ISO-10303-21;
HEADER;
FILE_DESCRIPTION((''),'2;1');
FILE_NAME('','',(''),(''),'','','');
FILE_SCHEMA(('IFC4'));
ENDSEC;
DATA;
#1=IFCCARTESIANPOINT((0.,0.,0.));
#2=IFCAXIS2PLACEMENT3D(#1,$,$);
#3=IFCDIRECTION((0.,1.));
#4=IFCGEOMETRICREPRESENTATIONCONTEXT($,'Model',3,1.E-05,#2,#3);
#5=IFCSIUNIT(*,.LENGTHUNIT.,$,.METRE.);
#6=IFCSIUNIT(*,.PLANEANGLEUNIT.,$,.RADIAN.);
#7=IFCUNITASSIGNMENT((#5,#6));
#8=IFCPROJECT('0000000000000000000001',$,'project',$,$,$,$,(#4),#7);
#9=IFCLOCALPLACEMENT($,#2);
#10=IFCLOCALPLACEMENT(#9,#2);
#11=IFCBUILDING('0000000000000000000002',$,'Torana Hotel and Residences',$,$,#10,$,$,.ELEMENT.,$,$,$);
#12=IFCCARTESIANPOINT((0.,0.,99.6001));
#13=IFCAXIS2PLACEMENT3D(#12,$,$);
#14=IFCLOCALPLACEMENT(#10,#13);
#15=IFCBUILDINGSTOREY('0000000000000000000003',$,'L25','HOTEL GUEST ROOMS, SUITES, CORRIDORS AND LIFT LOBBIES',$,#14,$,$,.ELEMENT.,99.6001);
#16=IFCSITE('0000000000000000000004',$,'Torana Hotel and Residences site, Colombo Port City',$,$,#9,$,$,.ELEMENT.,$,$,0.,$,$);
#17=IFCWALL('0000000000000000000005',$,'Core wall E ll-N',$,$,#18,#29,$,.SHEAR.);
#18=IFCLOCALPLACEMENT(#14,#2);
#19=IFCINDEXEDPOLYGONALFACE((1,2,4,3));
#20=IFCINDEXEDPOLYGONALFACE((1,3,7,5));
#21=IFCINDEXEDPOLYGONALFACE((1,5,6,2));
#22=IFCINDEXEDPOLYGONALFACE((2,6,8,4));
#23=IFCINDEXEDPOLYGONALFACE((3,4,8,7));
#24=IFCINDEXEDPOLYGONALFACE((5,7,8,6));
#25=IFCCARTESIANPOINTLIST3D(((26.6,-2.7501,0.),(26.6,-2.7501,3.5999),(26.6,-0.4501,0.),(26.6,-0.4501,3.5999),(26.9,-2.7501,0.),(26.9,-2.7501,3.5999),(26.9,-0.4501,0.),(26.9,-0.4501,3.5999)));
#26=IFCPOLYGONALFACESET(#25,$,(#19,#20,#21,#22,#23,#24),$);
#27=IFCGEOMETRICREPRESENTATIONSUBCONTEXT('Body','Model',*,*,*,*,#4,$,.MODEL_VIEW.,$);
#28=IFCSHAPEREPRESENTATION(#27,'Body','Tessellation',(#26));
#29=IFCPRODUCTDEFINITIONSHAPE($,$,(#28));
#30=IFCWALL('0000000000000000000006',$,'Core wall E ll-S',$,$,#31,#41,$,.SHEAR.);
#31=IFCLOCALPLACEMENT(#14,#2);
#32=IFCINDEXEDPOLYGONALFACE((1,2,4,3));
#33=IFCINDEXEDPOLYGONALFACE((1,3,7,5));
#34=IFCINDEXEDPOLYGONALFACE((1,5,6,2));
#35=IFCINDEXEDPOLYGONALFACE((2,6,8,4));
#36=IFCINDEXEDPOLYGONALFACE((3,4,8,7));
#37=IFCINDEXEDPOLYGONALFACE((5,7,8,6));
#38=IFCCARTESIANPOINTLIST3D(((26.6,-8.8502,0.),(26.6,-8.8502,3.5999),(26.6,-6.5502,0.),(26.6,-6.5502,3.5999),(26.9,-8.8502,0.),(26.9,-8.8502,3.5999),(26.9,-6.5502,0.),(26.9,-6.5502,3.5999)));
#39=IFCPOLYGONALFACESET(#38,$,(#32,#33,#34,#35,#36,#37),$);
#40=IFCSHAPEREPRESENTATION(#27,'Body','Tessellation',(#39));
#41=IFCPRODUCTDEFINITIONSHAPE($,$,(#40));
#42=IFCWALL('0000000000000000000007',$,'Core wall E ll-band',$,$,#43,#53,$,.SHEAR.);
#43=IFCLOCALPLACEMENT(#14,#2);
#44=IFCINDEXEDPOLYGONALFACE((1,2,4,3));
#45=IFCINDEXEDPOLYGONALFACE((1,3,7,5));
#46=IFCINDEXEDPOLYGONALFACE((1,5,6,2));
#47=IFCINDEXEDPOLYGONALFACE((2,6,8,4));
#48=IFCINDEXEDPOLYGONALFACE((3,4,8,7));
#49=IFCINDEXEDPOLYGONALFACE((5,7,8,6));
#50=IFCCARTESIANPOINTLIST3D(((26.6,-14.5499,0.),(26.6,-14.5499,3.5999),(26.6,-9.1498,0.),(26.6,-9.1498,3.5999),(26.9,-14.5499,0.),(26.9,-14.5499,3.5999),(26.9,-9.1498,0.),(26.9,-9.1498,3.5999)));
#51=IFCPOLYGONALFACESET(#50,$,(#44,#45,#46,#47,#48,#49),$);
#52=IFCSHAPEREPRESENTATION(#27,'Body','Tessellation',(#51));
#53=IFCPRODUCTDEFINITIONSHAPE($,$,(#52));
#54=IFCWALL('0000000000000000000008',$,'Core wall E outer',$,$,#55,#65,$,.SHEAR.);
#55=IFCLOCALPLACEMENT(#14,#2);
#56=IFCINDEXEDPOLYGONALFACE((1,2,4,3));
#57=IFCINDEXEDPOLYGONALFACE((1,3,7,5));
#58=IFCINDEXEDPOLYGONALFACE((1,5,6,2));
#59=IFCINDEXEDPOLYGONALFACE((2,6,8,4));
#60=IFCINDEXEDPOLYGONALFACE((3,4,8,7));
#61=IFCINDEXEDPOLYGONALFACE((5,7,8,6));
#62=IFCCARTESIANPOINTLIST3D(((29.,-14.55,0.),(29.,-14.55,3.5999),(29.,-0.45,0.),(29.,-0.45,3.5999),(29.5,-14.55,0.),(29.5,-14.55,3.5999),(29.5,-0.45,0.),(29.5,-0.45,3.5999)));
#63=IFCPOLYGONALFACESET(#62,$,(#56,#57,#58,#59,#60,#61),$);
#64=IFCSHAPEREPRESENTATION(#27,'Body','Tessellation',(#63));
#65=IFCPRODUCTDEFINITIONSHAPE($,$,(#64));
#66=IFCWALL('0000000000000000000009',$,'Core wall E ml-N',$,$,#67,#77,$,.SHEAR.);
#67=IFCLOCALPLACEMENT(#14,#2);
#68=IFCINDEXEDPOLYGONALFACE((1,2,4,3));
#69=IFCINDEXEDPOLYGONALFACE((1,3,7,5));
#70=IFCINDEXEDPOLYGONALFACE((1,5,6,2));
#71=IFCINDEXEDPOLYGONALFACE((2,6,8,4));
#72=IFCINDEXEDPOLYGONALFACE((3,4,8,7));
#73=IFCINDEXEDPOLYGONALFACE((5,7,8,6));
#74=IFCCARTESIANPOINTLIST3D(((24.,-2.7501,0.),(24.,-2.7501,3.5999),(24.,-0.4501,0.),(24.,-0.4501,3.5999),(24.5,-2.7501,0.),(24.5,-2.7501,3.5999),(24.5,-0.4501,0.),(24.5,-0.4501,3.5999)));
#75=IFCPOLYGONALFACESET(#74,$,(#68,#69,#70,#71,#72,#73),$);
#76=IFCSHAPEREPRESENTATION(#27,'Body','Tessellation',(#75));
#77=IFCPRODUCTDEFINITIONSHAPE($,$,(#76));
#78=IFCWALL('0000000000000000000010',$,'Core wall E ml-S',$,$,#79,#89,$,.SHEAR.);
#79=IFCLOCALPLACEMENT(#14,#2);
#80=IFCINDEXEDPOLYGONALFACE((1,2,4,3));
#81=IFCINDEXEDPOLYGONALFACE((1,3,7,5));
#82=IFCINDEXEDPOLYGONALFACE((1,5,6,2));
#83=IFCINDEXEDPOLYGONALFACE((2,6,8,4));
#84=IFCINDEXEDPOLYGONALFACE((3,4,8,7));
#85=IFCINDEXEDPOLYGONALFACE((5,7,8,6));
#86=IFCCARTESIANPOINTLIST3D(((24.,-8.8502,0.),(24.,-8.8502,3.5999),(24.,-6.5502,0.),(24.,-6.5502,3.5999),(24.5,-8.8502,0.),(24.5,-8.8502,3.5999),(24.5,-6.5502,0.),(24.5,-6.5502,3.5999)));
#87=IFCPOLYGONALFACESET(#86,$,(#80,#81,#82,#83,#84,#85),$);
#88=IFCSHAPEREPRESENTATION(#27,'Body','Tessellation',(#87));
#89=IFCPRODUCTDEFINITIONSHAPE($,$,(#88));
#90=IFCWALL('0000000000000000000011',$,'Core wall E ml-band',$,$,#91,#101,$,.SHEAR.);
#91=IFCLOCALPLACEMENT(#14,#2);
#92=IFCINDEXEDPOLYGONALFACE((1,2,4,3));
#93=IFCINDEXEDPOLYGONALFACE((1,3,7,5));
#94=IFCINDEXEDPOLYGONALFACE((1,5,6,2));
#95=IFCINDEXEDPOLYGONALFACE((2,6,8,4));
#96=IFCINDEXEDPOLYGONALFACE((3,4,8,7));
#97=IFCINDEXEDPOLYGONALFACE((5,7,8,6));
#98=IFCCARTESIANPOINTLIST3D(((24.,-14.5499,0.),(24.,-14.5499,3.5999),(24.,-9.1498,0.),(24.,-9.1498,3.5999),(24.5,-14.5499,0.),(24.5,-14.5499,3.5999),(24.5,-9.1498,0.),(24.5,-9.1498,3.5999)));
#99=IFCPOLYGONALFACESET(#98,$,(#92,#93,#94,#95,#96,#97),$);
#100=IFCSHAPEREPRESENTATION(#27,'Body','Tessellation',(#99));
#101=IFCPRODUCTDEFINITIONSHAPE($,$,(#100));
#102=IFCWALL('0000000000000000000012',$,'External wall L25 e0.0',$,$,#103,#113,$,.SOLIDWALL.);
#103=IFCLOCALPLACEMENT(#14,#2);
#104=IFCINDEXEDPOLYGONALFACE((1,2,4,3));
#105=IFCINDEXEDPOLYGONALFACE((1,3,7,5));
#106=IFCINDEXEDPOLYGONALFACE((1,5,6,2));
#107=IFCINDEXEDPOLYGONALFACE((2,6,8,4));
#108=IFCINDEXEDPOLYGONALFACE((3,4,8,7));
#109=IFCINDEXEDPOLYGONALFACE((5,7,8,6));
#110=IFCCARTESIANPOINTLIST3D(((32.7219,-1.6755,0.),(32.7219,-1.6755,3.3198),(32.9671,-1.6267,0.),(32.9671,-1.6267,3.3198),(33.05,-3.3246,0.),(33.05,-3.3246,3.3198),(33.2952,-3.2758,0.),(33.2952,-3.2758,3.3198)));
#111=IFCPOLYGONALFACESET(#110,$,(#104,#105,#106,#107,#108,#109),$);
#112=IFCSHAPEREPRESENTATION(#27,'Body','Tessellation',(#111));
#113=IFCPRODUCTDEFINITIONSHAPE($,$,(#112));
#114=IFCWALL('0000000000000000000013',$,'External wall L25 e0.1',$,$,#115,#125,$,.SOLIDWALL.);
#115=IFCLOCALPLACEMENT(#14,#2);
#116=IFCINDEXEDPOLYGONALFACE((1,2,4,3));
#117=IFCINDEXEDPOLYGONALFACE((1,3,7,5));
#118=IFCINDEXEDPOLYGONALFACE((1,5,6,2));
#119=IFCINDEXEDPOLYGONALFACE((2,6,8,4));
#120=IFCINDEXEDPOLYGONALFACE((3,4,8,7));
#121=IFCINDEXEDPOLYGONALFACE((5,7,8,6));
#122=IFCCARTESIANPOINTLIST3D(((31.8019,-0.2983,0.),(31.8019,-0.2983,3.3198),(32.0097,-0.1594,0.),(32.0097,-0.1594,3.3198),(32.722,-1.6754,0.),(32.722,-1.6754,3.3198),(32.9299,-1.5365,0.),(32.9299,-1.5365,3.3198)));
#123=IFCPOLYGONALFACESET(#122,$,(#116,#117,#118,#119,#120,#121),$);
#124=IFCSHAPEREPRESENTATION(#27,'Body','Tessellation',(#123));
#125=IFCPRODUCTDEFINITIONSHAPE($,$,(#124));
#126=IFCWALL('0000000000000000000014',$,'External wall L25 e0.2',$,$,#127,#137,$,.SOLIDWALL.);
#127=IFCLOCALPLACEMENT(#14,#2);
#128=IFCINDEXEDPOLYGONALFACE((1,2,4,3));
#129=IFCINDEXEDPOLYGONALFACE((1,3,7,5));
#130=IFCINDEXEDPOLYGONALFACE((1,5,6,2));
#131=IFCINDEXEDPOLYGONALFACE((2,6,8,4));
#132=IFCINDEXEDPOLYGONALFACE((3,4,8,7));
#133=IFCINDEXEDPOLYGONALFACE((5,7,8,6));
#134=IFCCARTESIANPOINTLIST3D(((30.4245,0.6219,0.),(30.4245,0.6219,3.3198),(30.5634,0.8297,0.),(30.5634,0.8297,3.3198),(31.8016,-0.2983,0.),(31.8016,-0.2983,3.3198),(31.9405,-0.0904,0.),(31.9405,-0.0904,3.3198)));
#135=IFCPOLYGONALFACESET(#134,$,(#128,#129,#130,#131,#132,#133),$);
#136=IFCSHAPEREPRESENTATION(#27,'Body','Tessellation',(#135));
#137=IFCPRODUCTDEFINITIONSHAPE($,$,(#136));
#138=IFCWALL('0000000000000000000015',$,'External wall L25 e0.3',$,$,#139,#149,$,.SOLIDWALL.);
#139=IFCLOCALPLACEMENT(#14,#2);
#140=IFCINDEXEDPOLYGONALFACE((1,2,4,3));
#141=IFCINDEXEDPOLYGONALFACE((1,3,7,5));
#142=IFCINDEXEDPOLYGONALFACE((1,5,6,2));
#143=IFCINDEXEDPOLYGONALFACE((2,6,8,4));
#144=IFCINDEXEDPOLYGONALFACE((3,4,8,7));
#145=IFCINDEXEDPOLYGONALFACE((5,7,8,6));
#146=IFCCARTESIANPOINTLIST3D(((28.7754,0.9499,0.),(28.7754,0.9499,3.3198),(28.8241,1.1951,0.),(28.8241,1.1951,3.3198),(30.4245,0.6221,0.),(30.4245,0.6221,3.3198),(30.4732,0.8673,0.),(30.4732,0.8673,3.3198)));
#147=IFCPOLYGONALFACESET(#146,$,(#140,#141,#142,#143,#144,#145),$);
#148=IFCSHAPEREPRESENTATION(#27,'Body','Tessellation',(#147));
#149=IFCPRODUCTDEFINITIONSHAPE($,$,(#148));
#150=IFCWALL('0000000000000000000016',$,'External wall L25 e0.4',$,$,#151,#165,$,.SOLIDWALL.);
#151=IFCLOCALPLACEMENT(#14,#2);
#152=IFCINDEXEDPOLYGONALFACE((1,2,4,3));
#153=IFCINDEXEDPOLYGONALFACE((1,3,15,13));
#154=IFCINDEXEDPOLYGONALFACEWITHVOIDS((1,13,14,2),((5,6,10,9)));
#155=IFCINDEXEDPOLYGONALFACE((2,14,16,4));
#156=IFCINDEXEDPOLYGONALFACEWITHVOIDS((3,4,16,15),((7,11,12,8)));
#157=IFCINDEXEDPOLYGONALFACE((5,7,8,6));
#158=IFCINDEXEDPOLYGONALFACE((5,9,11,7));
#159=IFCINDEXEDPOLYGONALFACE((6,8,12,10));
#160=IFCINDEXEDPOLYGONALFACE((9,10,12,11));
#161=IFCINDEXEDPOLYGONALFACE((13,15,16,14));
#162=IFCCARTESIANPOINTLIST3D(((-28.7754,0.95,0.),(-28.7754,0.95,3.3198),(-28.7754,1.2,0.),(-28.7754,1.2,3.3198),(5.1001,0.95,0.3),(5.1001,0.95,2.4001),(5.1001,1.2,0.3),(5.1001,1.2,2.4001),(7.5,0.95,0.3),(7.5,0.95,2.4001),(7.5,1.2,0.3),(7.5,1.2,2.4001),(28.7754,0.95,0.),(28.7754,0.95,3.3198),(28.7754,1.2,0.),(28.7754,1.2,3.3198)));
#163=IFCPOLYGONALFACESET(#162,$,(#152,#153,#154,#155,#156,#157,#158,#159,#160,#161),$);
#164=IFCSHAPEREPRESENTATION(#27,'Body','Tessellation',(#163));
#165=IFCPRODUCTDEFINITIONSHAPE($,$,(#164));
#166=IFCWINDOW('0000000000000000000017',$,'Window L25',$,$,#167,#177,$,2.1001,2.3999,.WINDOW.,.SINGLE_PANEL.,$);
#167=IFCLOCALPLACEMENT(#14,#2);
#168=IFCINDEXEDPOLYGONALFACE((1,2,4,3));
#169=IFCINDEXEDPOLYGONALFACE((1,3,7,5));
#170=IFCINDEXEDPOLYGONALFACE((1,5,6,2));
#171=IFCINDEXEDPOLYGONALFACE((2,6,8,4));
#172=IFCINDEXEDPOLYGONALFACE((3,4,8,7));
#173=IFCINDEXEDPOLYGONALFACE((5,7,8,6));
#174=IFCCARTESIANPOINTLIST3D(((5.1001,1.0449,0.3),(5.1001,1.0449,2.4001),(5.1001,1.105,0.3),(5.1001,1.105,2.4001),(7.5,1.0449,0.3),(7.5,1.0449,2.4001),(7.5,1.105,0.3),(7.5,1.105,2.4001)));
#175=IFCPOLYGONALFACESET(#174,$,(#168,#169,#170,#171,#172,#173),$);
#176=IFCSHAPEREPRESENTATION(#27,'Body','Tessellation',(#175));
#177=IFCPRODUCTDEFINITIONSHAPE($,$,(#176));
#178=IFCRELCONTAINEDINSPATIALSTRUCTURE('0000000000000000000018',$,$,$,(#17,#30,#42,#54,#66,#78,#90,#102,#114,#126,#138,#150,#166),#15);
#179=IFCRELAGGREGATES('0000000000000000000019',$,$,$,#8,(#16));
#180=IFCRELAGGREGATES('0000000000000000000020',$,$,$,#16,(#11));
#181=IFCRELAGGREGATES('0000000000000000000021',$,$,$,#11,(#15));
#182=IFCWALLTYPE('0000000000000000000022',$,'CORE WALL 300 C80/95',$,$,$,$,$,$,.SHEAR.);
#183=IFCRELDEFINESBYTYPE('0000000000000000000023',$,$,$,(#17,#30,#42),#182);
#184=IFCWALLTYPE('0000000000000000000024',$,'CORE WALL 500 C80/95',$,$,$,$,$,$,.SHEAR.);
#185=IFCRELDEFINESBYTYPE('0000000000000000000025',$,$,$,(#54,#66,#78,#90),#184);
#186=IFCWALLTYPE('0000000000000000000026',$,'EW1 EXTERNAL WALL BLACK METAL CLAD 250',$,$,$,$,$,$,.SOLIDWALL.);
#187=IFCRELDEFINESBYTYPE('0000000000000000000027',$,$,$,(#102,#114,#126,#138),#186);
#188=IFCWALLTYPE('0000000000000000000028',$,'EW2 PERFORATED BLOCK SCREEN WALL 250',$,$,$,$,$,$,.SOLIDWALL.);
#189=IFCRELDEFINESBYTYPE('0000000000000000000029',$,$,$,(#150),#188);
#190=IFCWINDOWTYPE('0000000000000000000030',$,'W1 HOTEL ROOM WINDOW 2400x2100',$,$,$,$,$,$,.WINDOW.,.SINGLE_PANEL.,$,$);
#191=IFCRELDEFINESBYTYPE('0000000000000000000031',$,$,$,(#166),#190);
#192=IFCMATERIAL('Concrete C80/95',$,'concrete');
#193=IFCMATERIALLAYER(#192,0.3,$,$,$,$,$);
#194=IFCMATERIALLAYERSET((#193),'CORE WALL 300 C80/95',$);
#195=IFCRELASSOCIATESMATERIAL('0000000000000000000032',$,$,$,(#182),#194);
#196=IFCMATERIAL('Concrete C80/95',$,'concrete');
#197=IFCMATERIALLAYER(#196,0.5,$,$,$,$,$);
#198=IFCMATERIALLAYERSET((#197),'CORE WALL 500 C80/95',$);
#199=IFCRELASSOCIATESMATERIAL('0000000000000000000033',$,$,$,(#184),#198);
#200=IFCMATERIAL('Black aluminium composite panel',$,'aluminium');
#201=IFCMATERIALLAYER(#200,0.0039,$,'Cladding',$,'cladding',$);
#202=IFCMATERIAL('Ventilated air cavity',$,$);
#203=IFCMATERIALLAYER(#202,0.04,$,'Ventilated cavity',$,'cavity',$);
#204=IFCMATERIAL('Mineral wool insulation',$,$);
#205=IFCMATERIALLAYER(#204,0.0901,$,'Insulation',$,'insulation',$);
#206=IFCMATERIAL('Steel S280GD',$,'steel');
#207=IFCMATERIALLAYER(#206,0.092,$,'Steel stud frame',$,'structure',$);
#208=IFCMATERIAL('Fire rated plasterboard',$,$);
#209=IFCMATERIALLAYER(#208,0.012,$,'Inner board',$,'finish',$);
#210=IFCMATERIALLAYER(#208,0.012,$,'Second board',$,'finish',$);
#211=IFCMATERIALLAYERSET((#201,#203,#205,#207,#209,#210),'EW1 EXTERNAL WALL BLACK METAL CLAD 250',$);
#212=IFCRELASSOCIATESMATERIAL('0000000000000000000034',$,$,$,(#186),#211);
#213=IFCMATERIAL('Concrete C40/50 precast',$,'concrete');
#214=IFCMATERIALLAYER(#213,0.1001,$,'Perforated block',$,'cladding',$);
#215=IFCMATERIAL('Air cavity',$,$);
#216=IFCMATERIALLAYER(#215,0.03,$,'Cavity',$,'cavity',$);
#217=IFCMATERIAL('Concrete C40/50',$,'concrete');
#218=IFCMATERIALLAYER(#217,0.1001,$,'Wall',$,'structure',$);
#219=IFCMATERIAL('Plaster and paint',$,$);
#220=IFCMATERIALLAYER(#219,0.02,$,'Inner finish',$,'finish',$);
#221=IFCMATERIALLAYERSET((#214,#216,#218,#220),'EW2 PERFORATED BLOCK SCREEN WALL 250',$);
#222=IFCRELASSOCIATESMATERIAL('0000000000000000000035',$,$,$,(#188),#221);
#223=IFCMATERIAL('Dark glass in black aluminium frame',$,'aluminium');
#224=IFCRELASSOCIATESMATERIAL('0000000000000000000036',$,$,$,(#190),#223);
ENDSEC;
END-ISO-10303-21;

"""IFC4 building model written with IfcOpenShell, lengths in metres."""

from ifc_helpers import new_model, si_unit, direction, frame, frame_2d, origin, place, context, subcontext, project, spatial, rectangle, extrude, material, layer, layer_set, type_object, element, fill, save


model = new_model("IFC4")

# Units and contexts
model_context = context("Model", 3, precision=1e-05, world=origin(), true_north=direction((0.0, 1.0)))
body_context = subcontext(model_context, "Body", "Model", "MODEL_VIEW")
ifc_project = project(units=[si_unit("LENGTHUNIT", "METRE"), si_unit("PLANEANGLEUNIT", "RADIAN")], contexts=[model_context])

# Site, building, storey
site_placement = place(None, origin())
site = spatial("IfcSite", under=ifc_project, at=site_placement, Name="Torana Hotel and Residences site, Colombo Port City", CompositionType="ELEMENT", RefElevation=0.0)
building_placement = place(site_placement, origin())
building = spatial("IfcBuilding", under=site, at=building_placement, Name="Torana Hotel and Residences", CompositionType="ELEMENT")
storey_placement = place(building_placement, frame((0.0, 0.0, 99.6001)))
storey = spatial("IfcBuildingStorey", under=building, at=storey_placement, Name="L25", Description="HOTEL GUEST ROOMS, SUITES, CORRIDORS AND LIFT LOBBIES", CompositionType="ELEMENT", Elevation=99.6001)

# Walls
ifc_material_1 = material(Name="Concrete C80/95", Category="concrete")
ifc_layer_1 = layer(ifc_material_1, 0.3)
ifc_layer_set_1 = layer_set([ifc_layer_1], Name="CORE WALL 300 C80/95")
wall_type_1 = type_object("IfcWallType", Name="CORE WALL 300 C80/95", PredefinedType="SHEAR", material=ifc_layer_set_1)
for number, where, z_axis, x_axis, name in (
    (1, (26.75, -2.75, 0.0), (0.0, 0.0, 1.0), (0.0, 1.0, 0.0), "Core wall E ll-N"),
    (2, (26.75, -8.8501, 0.0), (0.0, 0.0, 1.0), (0.0, 1.0, 0.0), "Core wall E ll-S"),
):
    element("IfcWall", number, at=place(storey_placement, frame(where, z_axis=z_axis, x_axis=x_axis)), inside=storey, type_object=wall_type_1, Name=name, PredefinedType="SHEAR", context=body_context, shape_type="SweptSolid", body=[
        extrude(rectangle(XDim=2.3, YDim=0.3, at=frame_2d((1.1499, 0.0))), origin(), (0.0, 0.0, 1.0), 3.5999),
    ])
wall_1_placement = place(storey_placement, frame((26.75, -14.55, 0.0), z_axis=(0.0, 0.0, 1.0), x_axis=(0.0, 1.0, 0.0)))
element("IfcWall", 3, at=wall_1_placement, inside=storey, type_object=wall_type_1, Name="Core wall E ll-band", PredefinedType="SHEAR", context=body_context, shape_type="SweptSolid", body=[
    extrude(rectangle(XDim=5.4001, YDim=0.3, at=frame_2d((2.7002, 0.0))), origin(), (0.0, 0.0, 1.0), 3.5999),
])
ifc_material_2 = material(Name="Concrete C80/95", Category="concrete")
ifc_layer_2 = layer(ifc_material_2, 0.5)
ifc_layer_set_2 = layer_set([ifc_layer_2], Name="CORE WALL 500 C80/95")
wall_type_2 = type_object("IfcWallType", Name="CORE WALL 500 C80/95", PredefinedType="SHEAR", material=ifc_layer_set_2)
wall_2_placement = place(storey_placement, frame((29.25, -14.55, 0.0), z_axis=(0.0, 0.0, 1.0), x_axis=(0.0, 1.0, 0.0)))
element("IfcWall", 4, at=wall_2_placement, inside=storey, type_object=wall_type_2, Name="Core wall E outer", PredefinedType="SHEAR", context=body_context, shape_type="SweptSolid", body=[
    extrude(rectangle(XDim=14.1001, YDim=0.5, at=frame_2d((7.05, 0.0))), origin(), (0.0, 0.0, 1.0), 3.5999),
])
for number, where, z_axis, x_axis, name in (
    (5, (24.25, -2.75, 0.0), (0.0, 0.0, 1.0), (0.0, 1.0, 0.0), "Core wall E ml-N"),
    (6, (24.25, -8.8501, 0.0), (0.0, 0.0, 1.0), (0.0, 1.0, 0.0), "Core wall E ml-S"),
):
    element("IfcWall", number, at=place(storey_placement, frame(where, z_axis=z_axis, x_axis=x_axis)), inside=storey, type_object=wall_type_2, Name=name, PredefinedType="SHEAR", context=body_context, shape_type="SweptSolid", body=[
        extrude(rectangle(XDim=2.3, YDim=0.5, at=frame_2d((1.1499, 0.0))), origin(), (0.0, 0.0, 1.0), 3.5999),
    ])
wall_3_placement = place(storey_placement, frame((24.25, -14.55, 0.0), z_axis=(0.0, 0.0, 1.0), x_axis=(0.0, 1.0, 0.0)))
element("IfcWall", 7, at=wall_3_placement, inside=storey, type_object=wall_type_2, Name="Core wall E ml-band", PredefinedType="SHEAR", context=body_context, shape_type="SweptSolid", body=[
    extrude(rectangle(XDim=5.4001, YDim=0.5, at=frame_2d((2.7002, 0.0))), origin(), (0.0, 0.0, 1.0), 3.5999),
])
ifc_material_3 = material(Name="Black aluminium composite panel", Category="aluminium")
ifc_layer_3 = layer(ifc_material_3, 0.0039, Name="Cladding", Category="cladding")
ifc_material_4 = material(Name="Ventilated air cavity")
ifc_layer_4 = layer(ifc_material_4, 0.04, Name="Ventilated cavity", Category="cavity")
ifc_material_5 = material(Name="Mineral wool insulation")
ifc_layer_5 = layer(ifc_material_5, 0.0901, Name="Insulation", Category="insulation")
ifc_material_6 = material(Name="Steel S280GD", Category="steel")
ifc_layer_6 = layer(ifc_material_6, 0.092, Name="Steel stud frame", Category="structure")
ifc_material_7 = material(Name="Fire rated plasterboard")
ifc_layer_7 = layer(ifc_material_7, 0.012, Name="Inner board", Category="finish")
ifc_layer_8 = layer(ifc_material_7, 0.012, Name="Second board", Category="finish")
ifc_layer_set_3 = layer_set([ifc_layer_3, ifc_layer_4, ifc_layer_5, ifc_layer_6, ifc_layer_7, ifc_layer_8], Name="EW1 EXTERNAL WALL BLACK METAL CLAD 250")
wall_type_3 = type_object("IfcWallType", Name="EW1 EXTERNAL WALL BLACK METAL CLAD 250", PredefinedType="SOLIDWALL", material=ifc_layer_set_3)
wall_4_placement = place(storey_placement, frame((33.1726, -3.3003, 0.0), z_axis=(0.0, 0.0, 1.0), x_axis=(-0.195139, 0.980776, 0.0)))
element("IfcWall", 8, at=wall_4_placement, inside=storey, type_object=wall_type_3, Name="External wall L25 e0.0", PredefinedType="SOLIDWALL", context=body_context, shape_type="SweptSolid", body=[
    extrude(rectangle(XDim=1.6814, YDim=0.25, at=frame_2d((0.8408, 0.0))), origin(), (0.0, 0.0, 1.0), 3.3198),
])
for number, where, z_axis, x_axis, name in (
    (9, (32.8259, -1.606, 0.0), (0.0, 0.0, 1.0), (-0.55555, 0.831483, 0.0), "External wall L25 e0.1"),
    (10, (31.8711, -0.1943, 0.0), (0.0, 0.0, 1.0), (-0.831483, 0.55555, 0.0), "External wall L25 e0.2"),
):
    element("IfcWall", number, at=place(storey_placement, frame(where, z_axis=z_axis, x_axis=x_axis)), inside=storey, type_object=wall_type_3, Name=name, PredefinedType="SOLIDWALL", context=body_context, shape_type="SweptSolid", body=[
        extrude(rectangle(XDim=1.6562, YDim=0.25, at=frame_2d((0.8281, 0.0))), origin(), (0.0, 0.0, 1.0), 3.3198),
    ])
wall_5_placement = place(storey_placement, frame((30.449, 0.7446, 0.0), z_axis=(0.0, 0.0, 1.0), x_axis=(-0.980803, 0.194999, 0.0)))
element("IfcWall", 11, at=wall_5_placement, inside=storey, type_object=wall_type_3, Name="External wall L25 e0.3", PredefinedType="SOLIDWALL", context=body_context, shape_type="SweptSolid", body=[
    extrude(rectangle(XDim=1.6814, YDim=0.25, at=frame_2d((0.8408, 0.0))), origin(), (0.0, 0.0, 1.0), 3.3198),
])

# Wall, opening, window
ifc_material_8 = material(Name="Concrete C40/50 precast", Category="concrete")
ifc_layer_9 = layer(ifc_material_8, 0.1001, Name="Perforated block", Category="cladding")
ifc_material_9 = material(Name="Air cavity")
ifc_layer_10 = layer(ifc_material_9, 0.03, Name="Cavity", Category="cavity")
ifc_material_10 = material(Name="Concrete C40/50", Category="concrete")
ifc_layer_11 = layer(ifc_material_10, 0.1001, Name="Wall", Category="structure")
ifc_material_11 = material(Name="Plaster and paint")
ifc_layer_12 = layer(ifc_material_11, 0.02, Name="Inner finish", Category="finish")
ifc_layer_set_4 = layer_set([ifc_layer_9, ifc_layer_10, ifc_layer_11, ifc_layer_12], Name="EW2 PERFORATED BLOCK SCREEN WALL 250")
wall_type_4 = type_object("IfcWallType", Name="EW2 PERFORATED BLOCK SCREEN WALL 250", PredefinedType="SOLIDWALL", material=ifc_layer_set_4)
wall_6_placement = place(storey_placement, frame((28.7754, 1.075, 0.0), z_axis=(0.0, 0.0, 1.0), x_axis=(-1.0, 0.0, 0.0)))
wall_6 = element("IfcWall", 12, at=wall_6_placement, inside=storey, type_object=wall_type_4, Name="External wall L25 e0.4", PredefinedType="SOLIDWALL", context=body_context, shape_type="SweptSolid", body=[
    extrude(rectangle(XDim=57.5508, YDim=0.25, at=frame_2d((28.7754, 0.0))), origin(), (0.0, 0.0, 1.0), 3.3198),
])
opening_1_placement = place(wall_6_placement, frame((21.2754, 0.0, 0.3)))
opening_1 = element("IfcOpeningElement", 13, at=opening_1_placement, cuts=wall_6, PredefinedType="OPENING", context=body_context, shape_type="SweptSolid", body=[
    extrude(rectangle(XDim=2.3999, YDim=2.1001, at=frame_2d((1.2, 1.05))), frame((0.0, 0.135, 0.0), z_axis=(0.0, -1.0, 0.0), x_axis=(1.0, 0.0, 0.0)), (0.0, 0.0, 1.0), 0.27),
])
ifc_material_12 = material(Name="Dark glass in black aluminium frame", Category="aluminium")
window_type = type_object("IfcWindowType", Name="W1 HOTEL ROOM WINDOW 2400x2100", PartitioningType="SINGLE_PANEL", PredefinedType="WINDOW", material=ifc_material_12)
window_placement = place(opening_1_placement, origin())
window = element("IfcWindow", 14, at=window_placement, inside=storey, type_object=window_type, Name="Window L25", OverallHeight=2.1001, OverallWidth=2.3999, PartitioningType="SINGLE_PANEL", PredefinedType="WINDOW", context=body_context, shape_type="SweptSolid", body=[
    extrude(rectangle(XDim=2.3999, YDim=2.1001, at=frame_2d((1.2, 1.05))), frame((0.0, 0.03, 0.0), z_axis=(0.0, -1.0, 0.0), x_axis=(1.0, 0.0, 0.0)), (0.0, 0.0, 1.0), 0.0601),
])
fill(opening_1, window)

save(model, "model.ifc")
